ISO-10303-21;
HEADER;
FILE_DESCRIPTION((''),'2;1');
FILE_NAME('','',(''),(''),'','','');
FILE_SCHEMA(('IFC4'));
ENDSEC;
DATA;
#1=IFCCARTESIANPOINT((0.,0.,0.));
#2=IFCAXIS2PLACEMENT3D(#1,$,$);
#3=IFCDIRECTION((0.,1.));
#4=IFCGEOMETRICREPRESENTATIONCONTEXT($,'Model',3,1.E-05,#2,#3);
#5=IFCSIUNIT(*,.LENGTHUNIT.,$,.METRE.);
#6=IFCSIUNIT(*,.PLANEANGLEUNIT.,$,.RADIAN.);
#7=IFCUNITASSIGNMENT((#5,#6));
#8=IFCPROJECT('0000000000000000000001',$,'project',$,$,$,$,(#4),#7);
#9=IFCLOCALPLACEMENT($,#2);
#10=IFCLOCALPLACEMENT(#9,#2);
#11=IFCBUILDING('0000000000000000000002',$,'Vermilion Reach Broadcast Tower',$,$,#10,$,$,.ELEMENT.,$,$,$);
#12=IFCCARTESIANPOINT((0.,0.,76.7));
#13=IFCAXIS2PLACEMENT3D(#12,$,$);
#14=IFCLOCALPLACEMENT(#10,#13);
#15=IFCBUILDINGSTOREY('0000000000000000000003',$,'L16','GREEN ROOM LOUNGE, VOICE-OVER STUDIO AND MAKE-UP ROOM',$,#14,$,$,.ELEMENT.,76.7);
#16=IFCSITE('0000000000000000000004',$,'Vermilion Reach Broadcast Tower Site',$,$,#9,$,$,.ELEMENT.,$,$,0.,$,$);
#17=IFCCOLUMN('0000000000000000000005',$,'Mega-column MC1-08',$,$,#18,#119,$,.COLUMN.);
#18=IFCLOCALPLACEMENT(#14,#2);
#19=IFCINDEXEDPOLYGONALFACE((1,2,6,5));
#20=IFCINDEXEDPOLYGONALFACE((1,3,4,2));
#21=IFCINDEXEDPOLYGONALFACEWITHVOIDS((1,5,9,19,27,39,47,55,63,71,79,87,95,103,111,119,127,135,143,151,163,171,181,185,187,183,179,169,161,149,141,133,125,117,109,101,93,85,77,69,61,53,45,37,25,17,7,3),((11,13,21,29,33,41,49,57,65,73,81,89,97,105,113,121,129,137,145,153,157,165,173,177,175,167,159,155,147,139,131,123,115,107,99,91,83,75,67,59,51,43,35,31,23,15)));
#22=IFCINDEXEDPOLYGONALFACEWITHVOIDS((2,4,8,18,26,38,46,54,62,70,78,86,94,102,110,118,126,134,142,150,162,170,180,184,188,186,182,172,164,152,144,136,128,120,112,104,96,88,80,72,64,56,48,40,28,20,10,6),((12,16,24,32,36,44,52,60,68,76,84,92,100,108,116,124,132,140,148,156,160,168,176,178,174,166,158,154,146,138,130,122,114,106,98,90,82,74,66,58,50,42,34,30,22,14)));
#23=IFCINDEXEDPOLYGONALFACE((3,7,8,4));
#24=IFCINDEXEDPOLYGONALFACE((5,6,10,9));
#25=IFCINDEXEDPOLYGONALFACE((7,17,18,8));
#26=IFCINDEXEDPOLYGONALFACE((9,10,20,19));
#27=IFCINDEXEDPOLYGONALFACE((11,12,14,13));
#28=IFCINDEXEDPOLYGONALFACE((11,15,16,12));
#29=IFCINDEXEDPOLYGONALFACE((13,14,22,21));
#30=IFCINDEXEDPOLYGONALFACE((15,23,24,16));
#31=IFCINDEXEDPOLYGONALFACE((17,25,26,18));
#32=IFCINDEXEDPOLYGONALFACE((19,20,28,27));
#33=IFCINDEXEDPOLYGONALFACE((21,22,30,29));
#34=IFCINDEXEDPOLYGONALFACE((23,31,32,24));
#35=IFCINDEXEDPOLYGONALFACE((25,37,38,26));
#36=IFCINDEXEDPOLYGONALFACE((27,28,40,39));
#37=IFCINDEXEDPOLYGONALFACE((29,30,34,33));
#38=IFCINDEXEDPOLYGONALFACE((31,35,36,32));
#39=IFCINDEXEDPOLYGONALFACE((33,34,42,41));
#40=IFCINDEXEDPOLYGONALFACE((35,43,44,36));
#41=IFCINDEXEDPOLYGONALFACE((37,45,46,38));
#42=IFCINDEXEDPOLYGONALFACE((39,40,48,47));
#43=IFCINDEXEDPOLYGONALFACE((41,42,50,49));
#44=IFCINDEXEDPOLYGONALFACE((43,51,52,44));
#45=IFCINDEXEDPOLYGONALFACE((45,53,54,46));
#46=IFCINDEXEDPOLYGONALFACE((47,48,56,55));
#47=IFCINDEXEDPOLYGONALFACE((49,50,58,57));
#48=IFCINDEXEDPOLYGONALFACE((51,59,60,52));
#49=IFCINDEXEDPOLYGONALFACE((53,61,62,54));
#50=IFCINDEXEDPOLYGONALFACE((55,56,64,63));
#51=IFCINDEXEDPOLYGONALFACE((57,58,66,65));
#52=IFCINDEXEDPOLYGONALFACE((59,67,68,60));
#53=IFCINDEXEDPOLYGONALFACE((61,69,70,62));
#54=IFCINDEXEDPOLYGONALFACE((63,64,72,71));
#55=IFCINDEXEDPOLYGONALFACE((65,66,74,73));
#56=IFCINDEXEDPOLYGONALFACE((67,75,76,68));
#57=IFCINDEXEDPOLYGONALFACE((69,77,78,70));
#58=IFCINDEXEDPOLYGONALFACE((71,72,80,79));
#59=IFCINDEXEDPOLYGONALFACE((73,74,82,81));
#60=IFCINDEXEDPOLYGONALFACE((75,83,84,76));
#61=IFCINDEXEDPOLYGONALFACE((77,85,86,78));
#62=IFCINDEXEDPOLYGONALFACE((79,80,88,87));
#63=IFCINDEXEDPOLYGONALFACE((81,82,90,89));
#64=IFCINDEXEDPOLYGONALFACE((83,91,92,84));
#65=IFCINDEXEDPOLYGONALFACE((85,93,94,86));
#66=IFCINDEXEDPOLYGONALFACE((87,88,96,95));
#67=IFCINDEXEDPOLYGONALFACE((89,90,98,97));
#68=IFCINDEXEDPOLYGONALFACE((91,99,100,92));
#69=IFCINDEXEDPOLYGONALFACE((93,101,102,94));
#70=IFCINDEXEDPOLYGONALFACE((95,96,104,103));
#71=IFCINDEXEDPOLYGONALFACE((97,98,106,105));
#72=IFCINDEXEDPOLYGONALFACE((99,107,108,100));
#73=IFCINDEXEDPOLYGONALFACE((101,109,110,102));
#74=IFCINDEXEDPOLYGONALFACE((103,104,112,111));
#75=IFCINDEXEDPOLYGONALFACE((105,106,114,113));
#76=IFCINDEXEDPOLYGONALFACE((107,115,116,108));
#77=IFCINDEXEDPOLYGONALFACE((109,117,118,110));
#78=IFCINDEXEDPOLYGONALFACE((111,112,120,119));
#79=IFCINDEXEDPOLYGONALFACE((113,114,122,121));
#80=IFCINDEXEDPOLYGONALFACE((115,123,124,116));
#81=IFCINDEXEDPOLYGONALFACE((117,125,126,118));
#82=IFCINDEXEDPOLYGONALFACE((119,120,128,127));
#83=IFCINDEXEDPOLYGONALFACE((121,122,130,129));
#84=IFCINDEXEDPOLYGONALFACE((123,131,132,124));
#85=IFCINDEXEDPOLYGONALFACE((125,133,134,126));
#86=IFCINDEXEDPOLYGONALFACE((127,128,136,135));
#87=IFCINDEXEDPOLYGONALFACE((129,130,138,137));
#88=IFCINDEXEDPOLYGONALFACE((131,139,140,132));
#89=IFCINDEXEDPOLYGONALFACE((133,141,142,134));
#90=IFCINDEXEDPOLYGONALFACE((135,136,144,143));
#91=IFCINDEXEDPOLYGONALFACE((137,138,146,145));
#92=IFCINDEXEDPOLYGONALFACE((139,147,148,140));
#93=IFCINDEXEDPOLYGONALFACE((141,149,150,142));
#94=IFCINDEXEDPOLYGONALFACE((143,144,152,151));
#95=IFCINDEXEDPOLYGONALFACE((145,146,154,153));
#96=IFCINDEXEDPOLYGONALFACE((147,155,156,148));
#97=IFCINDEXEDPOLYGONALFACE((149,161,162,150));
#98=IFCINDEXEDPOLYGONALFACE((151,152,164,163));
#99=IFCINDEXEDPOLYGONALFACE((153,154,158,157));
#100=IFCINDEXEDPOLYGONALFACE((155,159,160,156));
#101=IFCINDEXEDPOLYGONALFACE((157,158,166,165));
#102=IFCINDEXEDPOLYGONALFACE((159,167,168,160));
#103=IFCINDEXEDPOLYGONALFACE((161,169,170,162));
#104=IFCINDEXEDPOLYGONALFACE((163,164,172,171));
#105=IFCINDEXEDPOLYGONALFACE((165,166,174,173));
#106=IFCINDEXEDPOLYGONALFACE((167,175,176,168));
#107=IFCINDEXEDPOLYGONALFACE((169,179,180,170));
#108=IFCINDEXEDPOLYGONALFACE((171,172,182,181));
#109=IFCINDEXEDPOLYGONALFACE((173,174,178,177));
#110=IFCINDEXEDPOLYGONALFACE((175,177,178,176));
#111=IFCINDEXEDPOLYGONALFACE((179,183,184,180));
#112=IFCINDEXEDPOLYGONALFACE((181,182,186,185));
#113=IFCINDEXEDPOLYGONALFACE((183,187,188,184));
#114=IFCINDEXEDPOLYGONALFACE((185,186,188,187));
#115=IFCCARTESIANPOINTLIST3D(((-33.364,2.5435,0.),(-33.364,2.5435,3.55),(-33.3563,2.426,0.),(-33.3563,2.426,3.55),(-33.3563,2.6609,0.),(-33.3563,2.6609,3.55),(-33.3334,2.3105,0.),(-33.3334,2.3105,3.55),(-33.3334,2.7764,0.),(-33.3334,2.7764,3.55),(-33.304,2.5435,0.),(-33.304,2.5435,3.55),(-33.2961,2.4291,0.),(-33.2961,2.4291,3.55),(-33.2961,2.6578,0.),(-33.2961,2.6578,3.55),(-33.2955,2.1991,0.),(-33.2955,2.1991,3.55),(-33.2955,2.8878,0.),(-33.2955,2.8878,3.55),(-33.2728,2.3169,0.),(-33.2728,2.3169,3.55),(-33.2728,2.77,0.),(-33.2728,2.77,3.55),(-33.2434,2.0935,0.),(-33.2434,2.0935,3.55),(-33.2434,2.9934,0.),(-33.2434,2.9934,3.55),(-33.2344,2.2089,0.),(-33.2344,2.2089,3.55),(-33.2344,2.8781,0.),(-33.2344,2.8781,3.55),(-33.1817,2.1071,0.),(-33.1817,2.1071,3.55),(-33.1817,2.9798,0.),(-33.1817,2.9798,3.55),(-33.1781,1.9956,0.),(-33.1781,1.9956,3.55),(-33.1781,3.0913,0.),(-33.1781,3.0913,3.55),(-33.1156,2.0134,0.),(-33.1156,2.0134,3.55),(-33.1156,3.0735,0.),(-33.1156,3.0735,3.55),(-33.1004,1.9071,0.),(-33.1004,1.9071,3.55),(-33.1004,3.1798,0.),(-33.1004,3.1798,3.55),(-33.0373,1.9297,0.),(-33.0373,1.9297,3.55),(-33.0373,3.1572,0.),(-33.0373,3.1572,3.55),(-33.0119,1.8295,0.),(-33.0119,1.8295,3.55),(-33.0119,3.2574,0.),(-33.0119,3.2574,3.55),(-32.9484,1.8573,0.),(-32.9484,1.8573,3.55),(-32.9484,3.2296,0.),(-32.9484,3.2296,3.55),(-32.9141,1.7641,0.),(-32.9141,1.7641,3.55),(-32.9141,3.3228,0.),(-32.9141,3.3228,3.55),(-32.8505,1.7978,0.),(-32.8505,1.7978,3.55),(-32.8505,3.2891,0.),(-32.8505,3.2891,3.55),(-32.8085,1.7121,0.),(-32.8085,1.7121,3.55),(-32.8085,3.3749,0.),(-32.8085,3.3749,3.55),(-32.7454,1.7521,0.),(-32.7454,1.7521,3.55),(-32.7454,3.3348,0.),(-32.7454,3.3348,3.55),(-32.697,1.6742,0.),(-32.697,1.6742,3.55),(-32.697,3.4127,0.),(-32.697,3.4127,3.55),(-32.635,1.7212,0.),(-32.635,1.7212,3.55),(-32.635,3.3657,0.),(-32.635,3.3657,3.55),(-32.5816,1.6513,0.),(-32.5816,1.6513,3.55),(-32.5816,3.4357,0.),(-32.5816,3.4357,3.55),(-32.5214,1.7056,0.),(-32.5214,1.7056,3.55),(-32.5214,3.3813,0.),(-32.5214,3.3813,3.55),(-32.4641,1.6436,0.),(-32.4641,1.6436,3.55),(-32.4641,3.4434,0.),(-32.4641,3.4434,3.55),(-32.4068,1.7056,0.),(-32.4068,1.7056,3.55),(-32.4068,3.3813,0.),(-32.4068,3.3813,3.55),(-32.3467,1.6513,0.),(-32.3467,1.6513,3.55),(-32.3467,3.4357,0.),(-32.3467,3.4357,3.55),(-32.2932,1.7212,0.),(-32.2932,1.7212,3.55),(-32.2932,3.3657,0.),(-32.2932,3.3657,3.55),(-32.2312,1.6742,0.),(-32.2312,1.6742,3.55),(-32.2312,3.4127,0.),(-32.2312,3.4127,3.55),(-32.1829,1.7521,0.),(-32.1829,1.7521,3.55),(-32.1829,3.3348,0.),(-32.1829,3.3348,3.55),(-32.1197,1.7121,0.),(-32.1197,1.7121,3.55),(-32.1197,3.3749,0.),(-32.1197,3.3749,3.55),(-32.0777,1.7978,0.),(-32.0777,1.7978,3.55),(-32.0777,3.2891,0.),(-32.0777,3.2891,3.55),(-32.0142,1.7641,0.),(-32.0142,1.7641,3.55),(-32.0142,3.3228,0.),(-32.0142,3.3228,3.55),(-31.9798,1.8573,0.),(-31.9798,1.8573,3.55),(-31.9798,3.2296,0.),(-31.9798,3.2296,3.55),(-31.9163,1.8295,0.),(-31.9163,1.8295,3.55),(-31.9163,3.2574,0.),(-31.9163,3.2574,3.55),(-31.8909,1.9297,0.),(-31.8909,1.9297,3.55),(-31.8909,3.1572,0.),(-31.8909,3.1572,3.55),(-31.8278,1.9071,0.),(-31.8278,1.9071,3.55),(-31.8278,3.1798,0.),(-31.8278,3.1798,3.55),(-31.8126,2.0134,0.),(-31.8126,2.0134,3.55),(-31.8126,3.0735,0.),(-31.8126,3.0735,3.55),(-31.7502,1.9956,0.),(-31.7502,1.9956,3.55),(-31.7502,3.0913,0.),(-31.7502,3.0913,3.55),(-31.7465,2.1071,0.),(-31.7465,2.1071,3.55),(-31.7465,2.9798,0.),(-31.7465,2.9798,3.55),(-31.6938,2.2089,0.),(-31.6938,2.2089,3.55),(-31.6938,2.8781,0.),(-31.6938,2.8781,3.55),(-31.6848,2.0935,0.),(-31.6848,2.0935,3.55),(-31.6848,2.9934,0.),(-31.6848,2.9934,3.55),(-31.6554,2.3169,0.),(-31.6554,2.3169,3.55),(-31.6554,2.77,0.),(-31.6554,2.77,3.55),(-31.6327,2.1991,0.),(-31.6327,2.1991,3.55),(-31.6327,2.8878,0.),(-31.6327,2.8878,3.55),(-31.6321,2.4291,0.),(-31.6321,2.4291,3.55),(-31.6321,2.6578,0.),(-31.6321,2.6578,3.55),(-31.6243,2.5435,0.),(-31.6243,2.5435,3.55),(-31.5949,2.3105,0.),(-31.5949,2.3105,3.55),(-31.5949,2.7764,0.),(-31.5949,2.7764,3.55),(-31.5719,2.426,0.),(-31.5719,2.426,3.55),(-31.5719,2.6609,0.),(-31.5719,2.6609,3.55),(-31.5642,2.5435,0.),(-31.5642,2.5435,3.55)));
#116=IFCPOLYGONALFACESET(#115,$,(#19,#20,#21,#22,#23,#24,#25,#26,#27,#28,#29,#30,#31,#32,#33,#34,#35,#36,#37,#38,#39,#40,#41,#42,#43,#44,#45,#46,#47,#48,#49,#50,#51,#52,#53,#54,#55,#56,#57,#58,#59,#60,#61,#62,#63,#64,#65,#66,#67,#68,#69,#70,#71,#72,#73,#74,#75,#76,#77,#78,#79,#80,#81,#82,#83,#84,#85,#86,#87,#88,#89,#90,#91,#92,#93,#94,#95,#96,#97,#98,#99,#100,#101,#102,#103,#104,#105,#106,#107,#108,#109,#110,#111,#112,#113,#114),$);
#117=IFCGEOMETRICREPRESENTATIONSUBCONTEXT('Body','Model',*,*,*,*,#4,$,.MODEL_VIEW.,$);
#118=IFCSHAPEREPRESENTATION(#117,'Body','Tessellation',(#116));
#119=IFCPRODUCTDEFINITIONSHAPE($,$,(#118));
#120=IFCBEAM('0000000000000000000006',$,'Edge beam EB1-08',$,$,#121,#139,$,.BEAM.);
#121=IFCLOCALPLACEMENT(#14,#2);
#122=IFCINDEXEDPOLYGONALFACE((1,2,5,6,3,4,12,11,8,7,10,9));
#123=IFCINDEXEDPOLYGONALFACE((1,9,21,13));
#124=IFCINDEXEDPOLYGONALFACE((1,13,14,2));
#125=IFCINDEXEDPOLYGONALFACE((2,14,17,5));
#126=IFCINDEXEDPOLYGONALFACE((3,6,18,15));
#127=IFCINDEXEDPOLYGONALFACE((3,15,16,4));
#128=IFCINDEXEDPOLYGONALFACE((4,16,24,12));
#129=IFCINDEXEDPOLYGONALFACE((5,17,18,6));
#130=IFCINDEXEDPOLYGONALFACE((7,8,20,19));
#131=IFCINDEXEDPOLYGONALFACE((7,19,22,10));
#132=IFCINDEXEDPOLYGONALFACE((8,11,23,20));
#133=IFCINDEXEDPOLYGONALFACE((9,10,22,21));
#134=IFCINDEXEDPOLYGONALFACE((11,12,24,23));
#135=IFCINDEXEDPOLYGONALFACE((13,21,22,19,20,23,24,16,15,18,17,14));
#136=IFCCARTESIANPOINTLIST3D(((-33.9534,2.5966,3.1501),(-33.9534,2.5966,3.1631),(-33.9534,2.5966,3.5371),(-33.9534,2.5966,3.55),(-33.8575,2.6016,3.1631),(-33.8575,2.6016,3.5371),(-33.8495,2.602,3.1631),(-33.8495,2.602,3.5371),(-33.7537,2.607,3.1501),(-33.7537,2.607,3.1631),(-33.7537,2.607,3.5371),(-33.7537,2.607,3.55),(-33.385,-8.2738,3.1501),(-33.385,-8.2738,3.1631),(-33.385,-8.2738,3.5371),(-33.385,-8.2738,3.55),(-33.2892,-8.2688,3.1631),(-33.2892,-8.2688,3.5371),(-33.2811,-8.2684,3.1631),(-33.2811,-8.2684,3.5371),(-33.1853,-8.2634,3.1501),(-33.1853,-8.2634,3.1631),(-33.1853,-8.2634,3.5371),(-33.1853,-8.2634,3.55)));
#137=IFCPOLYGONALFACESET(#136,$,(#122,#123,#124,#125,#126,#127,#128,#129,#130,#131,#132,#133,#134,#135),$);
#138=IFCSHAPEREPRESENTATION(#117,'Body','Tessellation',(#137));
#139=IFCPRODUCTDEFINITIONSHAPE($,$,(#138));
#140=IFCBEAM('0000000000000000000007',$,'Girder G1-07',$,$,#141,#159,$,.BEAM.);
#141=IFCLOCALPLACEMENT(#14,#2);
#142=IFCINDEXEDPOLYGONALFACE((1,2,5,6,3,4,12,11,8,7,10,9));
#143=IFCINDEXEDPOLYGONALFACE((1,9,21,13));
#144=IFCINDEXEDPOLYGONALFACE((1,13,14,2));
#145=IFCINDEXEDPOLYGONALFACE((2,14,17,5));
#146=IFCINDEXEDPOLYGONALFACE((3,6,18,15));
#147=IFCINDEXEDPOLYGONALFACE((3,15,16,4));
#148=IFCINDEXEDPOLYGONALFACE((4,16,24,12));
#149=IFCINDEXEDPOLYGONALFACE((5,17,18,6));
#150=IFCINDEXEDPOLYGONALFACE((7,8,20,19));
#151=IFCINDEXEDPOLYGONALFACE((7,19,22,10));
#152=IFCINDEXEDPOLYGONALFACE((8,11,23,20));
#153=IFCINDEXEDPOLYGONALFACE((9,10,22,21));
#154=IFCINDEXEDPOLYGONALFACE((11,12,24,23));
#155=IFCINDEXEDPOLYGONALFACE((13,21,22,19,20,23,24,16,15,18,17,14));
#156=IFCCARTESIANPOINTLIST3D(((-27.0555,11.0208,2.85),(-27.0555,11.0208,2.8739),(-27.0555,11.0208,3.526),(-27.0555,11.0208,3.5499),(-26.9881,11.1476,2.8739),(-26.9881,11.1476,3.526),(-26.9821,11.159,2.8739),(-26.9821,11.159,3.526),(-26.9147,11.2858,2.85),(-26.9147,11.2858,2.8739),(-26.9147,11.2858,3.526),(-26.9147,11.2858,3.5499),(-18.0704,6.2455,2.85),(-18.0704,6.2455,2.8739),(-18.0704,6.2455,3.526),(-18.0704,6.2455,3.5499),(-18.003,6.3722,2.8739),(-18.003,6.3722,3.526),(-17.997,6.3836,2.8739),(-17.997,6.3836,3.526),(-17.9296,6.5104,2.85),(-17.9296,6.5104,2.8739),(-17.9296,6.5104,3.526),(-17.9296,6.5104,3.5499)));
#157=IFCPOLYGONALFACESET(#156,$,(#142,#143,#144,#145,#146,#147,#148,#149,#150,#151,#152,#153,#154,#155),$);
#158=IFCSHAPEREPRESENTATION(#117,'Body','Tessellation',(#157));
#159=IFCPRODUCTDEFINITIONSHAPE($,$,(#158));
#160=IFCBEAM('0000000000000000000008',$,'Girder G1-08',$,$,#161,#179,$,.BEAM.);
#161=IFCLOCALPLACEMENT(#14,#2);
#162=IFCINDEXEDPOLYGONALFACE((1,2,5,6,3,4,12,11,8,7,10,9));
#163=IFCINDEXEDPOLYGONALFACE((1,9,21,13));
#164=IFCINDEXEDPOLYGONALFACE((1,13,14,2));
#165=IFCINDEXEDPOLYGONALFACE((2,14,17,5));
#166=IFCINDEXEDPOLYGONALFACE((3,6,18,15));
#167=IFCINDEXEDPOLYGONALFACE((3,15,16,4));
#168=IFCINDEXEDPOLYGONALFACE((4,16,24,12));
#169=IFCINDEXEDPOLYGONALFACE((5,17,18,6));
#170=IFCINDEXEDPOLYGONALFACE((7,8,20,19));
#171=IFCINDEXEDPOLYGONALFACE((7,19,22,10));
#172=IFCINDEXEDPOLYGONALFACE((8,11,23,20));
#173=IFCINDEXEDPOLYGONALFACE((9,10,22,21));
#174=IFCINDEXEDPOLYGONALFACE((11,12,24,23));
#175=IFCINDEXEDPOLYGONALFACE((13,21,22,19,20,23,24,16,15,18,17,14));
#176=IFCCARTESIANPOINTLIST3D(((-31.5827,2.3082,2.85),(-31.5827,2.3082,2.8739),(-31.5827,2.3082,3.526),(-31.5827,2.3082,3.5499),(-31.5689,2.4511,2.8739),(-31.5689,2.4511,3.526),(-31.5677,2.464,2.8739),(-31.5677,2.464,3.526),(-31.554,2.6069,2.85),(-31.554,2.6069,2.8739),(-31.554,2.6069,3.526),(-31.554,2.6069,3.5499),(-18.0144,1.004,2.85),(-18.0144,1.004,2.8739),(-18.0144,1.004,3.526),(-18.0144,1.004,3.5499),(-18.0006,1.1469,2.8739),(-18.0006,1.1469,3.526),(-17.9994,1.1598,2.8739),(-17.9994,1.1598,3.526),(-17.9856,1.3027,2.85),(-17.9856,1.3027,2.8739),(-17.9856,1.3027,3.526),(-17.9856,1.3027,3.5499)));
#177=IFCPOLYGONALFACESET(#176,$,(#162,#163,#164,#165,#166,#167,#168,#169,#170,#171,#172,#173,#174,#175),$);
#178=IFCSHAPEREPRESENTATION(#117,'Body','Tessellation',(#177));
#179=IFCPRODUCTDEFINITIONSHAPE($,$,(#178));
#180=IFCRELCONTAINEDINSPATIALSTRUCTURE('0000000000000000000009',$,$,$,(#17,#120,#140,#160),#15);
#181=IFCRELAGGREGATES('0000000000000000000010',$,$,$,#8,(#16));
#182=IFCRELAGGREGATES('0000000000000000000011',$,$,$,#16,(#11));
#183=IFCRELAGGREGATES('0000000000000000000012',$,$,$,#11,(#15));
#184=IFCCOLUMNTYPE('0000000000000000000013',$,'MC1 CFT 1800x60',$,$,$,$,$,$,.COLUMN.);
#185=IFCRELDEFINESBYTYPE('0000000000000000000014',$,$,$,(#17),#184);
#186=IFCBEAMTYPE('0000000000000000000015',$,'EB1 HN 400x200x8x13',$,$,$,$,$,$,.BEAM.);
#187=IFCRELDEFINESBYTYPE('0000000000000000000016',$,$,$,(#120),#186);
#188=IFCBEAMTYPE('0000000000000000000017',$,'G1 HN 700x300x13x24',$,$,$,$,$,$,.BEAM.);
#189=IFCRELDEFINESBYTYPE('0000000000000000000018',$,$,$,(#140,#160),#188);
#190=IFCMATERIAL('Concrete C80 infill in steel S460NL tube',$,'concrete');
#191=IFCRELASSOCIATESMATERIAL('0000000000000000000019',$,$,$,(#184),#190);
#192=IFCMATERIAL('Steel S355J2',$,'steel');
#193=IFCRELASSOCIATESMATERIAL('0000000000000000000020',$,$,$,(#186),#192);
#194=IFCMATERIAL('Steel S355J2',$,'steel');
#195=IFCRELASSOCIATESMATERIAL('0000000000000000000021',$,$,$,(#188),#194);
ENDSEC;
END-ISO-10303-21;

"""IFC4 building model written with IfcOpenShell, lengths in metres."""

from ifc_helpers import new_model, si_unit, direction, frame, origin, origin_2d, place, context, subcontext, project, spatial, hollow_circle, i_section, extrude, material, material_profile, profile_set, type_object, element, save


model = new_model("IFC4")

# Units and contexts
model_context = context("Model", 3, precision=1e-05, world=origin(), true_north=direction((0.0, 1.0)))
body_context = subcontext(model_context, "Body", "Model", "MODEL_VIEW")
ifc_project = project(units=[si_unit("LENGTHUNIT", "METRE"), si_unit("PLANEANGLEUNIT", "RADIAN")], contexts=[model_context])

# Site, building, storey
site_placement = place(None, origin())
site = spatial("IfcSite", under=ifc_project, at=site_placement, Name="Vermilion Reach Broadcast Tower Site", CompositionType="ELEMENT", RefElevation=0.0)
building_placement = place(site_placement, origin())
building = spatial("IfcBuilding", under=site, at=building_placement, Name="Vermilion Reach Broadcast Tower", CompositionType="ELEMENT")
storey_placement = place(building_placement, frame((0.0, 0.0, 76.7)))
storey = spatial("IfcBuildingStorey", under=building, at=storey_placement, Name="L16", Description="GREEN ROOM LOUNGE, VOICE-OVER STUDIO AND MAKE-UP ROOM", CompositionType="ELEMENT", Elevation=76.7)

# Column
ifc_material_1 = material(Name="Concrete C80 infill in steel S460NL tube", Category="concrete")
ifc_material_profile_1 = material_profile(ifc_material_1, hollow_circle(Radius=0.8999, WallThickness=0.0601, at=origin_2d()), Name="Concrete C80 infill in steel S460NL tube CFT 1800x60")
ifc_profile_set_1 = profile_set([ifc_material_profile_1], Name="Concrete C80 infill in steel S460NL tube")
column_type = type_object("IfcColumnType", Name="MC1 CFT 1800x60", PredefinedType="COLUMN", material=ifc_profile_set_1)
column_placement = place(storey_placement, frame((-32.4641, 2.5435, 0.0), z_axis=(0.0, 0.0, 1.0), x_axis=(1.0, 0.0, 0.0)))
element("IfcColumn", 1, at=column_placement, inside=storey, type_object=column_type, Name="Mega-column MC1-08", PredefinedType="COLUMN", context=body_context, shape_type="SweptSolid", body=[
    extrude(hollow_circle(Radius=0.8999, WallThickness=0.0601, at=origin_2d()), origin(), (0.0, 0.0, 1.0), 3.55),
])

# Beams
ifc_material_2 = material(Name="Steel S355J2", Category="steel")
ifc_material_profile_2 = material_profile(ifc_material_2, i_section(OverallWidth=0.2, OverallDepth=0.3999, WebThickness=0.0081, FlangeThickness=0.0129, at=origin_2d()), Name="S355J2 HN 400x200x8x13")
ifc_profile_set_2 = profile_set([ifc_material_profile_2], Name="Steel S355J2")
beam_type_1 = type_object("IfcBeamType", Name="EB1 HN 400x200x8x13", PredefinedType="BEAM", material=ifc_profile_set_2)
beam_1_placement = place(storey_placement, frame((-33.8535, 2.6018, 3.3501), z_axis=(0.052214, -0.998636, 0.0), x_axis=(0.998636, 0.052214, 0.0)))
element("IfcBeam", 2, at=beam_1_placement, inside=storey, type_object=beam_type_1, Name="Edge beam EB1-08", PredefinedType="BEAM", context=body_context, shape_type="SweptSolid", body=[
    extrude(i_section(OverallWidth=0.2, OverallDepth=0.3999, WebThickness=0.0081, FlangeThickness=0.0129, at=origin_2d()), origin(), (0.0, 0.0, 1.0), 10.8853),
])
ifc_material_3 = material(Name="Steel S355J2", Category="steel")
ifc_material_profile_3 = material_profile(ifc_material_3, i_section(OverallWidth=0.3, OverallDepth=0.7, WebThickness=0.0129, FlangeThickness=0.0239, at=origin_2d()), Name="S355J2 HN 700x300x13x24")
ifc_profile_set_3 = profile_set([ifc_material_profile_3], Name="Steel S355J2")
beam_type_2 = type_object("IfcBeamType", Name="G1 HN 700x300x13x24", PredefinedType="BEAM", material=ifc_profile_set_3)
beam_2_placement = place(storey_placement, frame((-18.0, 6.3779, 3.2), z_axis=(-0.883032, 0.469313, 0.0), x_axis=(-0.469313, -0.883032, 0.0)))
element("IfcBeam", 3, at=beam_2_placement, inside=storey, type_object=beam_type_2, Name="Girder G1-07", PredefinedType="BEAM", context=body_context, shape_type="SweptSolid", body=[
    extrude(i_section(OverallWidth=0.3, OverallDepth=0.7, WebThickness=0.0129, FlangeThickness=0.0239, at=origin_2d()), origin(), (0.0, 0.0, 1.0), 10.1753),
])
beam_3_placement = place(storey_placement, frame((-18.0, 1.1533, 3.2), z_axis=(-0.995412, 0.09568, 0.0), x_axis=(-0.09568, -0.995412, 0.0)))
element("IfcBeam", 4, at=beam_3_placement, inside=storey, type_object=beam_type_2, Name="Girder G1-08", PredefinedType="BEAM", context=body_context, shape_type="SweptSolid", body=[
    extrude(i_section(OverallWidth=0.3, OverallDepth=0.7, WebThickness=0.0129, FlangeThickness=0.0239, at=origin_2d()), origin(), (0.0, 0.0, 1.0), 13.6309),
])

save(model, "model.ifc")
